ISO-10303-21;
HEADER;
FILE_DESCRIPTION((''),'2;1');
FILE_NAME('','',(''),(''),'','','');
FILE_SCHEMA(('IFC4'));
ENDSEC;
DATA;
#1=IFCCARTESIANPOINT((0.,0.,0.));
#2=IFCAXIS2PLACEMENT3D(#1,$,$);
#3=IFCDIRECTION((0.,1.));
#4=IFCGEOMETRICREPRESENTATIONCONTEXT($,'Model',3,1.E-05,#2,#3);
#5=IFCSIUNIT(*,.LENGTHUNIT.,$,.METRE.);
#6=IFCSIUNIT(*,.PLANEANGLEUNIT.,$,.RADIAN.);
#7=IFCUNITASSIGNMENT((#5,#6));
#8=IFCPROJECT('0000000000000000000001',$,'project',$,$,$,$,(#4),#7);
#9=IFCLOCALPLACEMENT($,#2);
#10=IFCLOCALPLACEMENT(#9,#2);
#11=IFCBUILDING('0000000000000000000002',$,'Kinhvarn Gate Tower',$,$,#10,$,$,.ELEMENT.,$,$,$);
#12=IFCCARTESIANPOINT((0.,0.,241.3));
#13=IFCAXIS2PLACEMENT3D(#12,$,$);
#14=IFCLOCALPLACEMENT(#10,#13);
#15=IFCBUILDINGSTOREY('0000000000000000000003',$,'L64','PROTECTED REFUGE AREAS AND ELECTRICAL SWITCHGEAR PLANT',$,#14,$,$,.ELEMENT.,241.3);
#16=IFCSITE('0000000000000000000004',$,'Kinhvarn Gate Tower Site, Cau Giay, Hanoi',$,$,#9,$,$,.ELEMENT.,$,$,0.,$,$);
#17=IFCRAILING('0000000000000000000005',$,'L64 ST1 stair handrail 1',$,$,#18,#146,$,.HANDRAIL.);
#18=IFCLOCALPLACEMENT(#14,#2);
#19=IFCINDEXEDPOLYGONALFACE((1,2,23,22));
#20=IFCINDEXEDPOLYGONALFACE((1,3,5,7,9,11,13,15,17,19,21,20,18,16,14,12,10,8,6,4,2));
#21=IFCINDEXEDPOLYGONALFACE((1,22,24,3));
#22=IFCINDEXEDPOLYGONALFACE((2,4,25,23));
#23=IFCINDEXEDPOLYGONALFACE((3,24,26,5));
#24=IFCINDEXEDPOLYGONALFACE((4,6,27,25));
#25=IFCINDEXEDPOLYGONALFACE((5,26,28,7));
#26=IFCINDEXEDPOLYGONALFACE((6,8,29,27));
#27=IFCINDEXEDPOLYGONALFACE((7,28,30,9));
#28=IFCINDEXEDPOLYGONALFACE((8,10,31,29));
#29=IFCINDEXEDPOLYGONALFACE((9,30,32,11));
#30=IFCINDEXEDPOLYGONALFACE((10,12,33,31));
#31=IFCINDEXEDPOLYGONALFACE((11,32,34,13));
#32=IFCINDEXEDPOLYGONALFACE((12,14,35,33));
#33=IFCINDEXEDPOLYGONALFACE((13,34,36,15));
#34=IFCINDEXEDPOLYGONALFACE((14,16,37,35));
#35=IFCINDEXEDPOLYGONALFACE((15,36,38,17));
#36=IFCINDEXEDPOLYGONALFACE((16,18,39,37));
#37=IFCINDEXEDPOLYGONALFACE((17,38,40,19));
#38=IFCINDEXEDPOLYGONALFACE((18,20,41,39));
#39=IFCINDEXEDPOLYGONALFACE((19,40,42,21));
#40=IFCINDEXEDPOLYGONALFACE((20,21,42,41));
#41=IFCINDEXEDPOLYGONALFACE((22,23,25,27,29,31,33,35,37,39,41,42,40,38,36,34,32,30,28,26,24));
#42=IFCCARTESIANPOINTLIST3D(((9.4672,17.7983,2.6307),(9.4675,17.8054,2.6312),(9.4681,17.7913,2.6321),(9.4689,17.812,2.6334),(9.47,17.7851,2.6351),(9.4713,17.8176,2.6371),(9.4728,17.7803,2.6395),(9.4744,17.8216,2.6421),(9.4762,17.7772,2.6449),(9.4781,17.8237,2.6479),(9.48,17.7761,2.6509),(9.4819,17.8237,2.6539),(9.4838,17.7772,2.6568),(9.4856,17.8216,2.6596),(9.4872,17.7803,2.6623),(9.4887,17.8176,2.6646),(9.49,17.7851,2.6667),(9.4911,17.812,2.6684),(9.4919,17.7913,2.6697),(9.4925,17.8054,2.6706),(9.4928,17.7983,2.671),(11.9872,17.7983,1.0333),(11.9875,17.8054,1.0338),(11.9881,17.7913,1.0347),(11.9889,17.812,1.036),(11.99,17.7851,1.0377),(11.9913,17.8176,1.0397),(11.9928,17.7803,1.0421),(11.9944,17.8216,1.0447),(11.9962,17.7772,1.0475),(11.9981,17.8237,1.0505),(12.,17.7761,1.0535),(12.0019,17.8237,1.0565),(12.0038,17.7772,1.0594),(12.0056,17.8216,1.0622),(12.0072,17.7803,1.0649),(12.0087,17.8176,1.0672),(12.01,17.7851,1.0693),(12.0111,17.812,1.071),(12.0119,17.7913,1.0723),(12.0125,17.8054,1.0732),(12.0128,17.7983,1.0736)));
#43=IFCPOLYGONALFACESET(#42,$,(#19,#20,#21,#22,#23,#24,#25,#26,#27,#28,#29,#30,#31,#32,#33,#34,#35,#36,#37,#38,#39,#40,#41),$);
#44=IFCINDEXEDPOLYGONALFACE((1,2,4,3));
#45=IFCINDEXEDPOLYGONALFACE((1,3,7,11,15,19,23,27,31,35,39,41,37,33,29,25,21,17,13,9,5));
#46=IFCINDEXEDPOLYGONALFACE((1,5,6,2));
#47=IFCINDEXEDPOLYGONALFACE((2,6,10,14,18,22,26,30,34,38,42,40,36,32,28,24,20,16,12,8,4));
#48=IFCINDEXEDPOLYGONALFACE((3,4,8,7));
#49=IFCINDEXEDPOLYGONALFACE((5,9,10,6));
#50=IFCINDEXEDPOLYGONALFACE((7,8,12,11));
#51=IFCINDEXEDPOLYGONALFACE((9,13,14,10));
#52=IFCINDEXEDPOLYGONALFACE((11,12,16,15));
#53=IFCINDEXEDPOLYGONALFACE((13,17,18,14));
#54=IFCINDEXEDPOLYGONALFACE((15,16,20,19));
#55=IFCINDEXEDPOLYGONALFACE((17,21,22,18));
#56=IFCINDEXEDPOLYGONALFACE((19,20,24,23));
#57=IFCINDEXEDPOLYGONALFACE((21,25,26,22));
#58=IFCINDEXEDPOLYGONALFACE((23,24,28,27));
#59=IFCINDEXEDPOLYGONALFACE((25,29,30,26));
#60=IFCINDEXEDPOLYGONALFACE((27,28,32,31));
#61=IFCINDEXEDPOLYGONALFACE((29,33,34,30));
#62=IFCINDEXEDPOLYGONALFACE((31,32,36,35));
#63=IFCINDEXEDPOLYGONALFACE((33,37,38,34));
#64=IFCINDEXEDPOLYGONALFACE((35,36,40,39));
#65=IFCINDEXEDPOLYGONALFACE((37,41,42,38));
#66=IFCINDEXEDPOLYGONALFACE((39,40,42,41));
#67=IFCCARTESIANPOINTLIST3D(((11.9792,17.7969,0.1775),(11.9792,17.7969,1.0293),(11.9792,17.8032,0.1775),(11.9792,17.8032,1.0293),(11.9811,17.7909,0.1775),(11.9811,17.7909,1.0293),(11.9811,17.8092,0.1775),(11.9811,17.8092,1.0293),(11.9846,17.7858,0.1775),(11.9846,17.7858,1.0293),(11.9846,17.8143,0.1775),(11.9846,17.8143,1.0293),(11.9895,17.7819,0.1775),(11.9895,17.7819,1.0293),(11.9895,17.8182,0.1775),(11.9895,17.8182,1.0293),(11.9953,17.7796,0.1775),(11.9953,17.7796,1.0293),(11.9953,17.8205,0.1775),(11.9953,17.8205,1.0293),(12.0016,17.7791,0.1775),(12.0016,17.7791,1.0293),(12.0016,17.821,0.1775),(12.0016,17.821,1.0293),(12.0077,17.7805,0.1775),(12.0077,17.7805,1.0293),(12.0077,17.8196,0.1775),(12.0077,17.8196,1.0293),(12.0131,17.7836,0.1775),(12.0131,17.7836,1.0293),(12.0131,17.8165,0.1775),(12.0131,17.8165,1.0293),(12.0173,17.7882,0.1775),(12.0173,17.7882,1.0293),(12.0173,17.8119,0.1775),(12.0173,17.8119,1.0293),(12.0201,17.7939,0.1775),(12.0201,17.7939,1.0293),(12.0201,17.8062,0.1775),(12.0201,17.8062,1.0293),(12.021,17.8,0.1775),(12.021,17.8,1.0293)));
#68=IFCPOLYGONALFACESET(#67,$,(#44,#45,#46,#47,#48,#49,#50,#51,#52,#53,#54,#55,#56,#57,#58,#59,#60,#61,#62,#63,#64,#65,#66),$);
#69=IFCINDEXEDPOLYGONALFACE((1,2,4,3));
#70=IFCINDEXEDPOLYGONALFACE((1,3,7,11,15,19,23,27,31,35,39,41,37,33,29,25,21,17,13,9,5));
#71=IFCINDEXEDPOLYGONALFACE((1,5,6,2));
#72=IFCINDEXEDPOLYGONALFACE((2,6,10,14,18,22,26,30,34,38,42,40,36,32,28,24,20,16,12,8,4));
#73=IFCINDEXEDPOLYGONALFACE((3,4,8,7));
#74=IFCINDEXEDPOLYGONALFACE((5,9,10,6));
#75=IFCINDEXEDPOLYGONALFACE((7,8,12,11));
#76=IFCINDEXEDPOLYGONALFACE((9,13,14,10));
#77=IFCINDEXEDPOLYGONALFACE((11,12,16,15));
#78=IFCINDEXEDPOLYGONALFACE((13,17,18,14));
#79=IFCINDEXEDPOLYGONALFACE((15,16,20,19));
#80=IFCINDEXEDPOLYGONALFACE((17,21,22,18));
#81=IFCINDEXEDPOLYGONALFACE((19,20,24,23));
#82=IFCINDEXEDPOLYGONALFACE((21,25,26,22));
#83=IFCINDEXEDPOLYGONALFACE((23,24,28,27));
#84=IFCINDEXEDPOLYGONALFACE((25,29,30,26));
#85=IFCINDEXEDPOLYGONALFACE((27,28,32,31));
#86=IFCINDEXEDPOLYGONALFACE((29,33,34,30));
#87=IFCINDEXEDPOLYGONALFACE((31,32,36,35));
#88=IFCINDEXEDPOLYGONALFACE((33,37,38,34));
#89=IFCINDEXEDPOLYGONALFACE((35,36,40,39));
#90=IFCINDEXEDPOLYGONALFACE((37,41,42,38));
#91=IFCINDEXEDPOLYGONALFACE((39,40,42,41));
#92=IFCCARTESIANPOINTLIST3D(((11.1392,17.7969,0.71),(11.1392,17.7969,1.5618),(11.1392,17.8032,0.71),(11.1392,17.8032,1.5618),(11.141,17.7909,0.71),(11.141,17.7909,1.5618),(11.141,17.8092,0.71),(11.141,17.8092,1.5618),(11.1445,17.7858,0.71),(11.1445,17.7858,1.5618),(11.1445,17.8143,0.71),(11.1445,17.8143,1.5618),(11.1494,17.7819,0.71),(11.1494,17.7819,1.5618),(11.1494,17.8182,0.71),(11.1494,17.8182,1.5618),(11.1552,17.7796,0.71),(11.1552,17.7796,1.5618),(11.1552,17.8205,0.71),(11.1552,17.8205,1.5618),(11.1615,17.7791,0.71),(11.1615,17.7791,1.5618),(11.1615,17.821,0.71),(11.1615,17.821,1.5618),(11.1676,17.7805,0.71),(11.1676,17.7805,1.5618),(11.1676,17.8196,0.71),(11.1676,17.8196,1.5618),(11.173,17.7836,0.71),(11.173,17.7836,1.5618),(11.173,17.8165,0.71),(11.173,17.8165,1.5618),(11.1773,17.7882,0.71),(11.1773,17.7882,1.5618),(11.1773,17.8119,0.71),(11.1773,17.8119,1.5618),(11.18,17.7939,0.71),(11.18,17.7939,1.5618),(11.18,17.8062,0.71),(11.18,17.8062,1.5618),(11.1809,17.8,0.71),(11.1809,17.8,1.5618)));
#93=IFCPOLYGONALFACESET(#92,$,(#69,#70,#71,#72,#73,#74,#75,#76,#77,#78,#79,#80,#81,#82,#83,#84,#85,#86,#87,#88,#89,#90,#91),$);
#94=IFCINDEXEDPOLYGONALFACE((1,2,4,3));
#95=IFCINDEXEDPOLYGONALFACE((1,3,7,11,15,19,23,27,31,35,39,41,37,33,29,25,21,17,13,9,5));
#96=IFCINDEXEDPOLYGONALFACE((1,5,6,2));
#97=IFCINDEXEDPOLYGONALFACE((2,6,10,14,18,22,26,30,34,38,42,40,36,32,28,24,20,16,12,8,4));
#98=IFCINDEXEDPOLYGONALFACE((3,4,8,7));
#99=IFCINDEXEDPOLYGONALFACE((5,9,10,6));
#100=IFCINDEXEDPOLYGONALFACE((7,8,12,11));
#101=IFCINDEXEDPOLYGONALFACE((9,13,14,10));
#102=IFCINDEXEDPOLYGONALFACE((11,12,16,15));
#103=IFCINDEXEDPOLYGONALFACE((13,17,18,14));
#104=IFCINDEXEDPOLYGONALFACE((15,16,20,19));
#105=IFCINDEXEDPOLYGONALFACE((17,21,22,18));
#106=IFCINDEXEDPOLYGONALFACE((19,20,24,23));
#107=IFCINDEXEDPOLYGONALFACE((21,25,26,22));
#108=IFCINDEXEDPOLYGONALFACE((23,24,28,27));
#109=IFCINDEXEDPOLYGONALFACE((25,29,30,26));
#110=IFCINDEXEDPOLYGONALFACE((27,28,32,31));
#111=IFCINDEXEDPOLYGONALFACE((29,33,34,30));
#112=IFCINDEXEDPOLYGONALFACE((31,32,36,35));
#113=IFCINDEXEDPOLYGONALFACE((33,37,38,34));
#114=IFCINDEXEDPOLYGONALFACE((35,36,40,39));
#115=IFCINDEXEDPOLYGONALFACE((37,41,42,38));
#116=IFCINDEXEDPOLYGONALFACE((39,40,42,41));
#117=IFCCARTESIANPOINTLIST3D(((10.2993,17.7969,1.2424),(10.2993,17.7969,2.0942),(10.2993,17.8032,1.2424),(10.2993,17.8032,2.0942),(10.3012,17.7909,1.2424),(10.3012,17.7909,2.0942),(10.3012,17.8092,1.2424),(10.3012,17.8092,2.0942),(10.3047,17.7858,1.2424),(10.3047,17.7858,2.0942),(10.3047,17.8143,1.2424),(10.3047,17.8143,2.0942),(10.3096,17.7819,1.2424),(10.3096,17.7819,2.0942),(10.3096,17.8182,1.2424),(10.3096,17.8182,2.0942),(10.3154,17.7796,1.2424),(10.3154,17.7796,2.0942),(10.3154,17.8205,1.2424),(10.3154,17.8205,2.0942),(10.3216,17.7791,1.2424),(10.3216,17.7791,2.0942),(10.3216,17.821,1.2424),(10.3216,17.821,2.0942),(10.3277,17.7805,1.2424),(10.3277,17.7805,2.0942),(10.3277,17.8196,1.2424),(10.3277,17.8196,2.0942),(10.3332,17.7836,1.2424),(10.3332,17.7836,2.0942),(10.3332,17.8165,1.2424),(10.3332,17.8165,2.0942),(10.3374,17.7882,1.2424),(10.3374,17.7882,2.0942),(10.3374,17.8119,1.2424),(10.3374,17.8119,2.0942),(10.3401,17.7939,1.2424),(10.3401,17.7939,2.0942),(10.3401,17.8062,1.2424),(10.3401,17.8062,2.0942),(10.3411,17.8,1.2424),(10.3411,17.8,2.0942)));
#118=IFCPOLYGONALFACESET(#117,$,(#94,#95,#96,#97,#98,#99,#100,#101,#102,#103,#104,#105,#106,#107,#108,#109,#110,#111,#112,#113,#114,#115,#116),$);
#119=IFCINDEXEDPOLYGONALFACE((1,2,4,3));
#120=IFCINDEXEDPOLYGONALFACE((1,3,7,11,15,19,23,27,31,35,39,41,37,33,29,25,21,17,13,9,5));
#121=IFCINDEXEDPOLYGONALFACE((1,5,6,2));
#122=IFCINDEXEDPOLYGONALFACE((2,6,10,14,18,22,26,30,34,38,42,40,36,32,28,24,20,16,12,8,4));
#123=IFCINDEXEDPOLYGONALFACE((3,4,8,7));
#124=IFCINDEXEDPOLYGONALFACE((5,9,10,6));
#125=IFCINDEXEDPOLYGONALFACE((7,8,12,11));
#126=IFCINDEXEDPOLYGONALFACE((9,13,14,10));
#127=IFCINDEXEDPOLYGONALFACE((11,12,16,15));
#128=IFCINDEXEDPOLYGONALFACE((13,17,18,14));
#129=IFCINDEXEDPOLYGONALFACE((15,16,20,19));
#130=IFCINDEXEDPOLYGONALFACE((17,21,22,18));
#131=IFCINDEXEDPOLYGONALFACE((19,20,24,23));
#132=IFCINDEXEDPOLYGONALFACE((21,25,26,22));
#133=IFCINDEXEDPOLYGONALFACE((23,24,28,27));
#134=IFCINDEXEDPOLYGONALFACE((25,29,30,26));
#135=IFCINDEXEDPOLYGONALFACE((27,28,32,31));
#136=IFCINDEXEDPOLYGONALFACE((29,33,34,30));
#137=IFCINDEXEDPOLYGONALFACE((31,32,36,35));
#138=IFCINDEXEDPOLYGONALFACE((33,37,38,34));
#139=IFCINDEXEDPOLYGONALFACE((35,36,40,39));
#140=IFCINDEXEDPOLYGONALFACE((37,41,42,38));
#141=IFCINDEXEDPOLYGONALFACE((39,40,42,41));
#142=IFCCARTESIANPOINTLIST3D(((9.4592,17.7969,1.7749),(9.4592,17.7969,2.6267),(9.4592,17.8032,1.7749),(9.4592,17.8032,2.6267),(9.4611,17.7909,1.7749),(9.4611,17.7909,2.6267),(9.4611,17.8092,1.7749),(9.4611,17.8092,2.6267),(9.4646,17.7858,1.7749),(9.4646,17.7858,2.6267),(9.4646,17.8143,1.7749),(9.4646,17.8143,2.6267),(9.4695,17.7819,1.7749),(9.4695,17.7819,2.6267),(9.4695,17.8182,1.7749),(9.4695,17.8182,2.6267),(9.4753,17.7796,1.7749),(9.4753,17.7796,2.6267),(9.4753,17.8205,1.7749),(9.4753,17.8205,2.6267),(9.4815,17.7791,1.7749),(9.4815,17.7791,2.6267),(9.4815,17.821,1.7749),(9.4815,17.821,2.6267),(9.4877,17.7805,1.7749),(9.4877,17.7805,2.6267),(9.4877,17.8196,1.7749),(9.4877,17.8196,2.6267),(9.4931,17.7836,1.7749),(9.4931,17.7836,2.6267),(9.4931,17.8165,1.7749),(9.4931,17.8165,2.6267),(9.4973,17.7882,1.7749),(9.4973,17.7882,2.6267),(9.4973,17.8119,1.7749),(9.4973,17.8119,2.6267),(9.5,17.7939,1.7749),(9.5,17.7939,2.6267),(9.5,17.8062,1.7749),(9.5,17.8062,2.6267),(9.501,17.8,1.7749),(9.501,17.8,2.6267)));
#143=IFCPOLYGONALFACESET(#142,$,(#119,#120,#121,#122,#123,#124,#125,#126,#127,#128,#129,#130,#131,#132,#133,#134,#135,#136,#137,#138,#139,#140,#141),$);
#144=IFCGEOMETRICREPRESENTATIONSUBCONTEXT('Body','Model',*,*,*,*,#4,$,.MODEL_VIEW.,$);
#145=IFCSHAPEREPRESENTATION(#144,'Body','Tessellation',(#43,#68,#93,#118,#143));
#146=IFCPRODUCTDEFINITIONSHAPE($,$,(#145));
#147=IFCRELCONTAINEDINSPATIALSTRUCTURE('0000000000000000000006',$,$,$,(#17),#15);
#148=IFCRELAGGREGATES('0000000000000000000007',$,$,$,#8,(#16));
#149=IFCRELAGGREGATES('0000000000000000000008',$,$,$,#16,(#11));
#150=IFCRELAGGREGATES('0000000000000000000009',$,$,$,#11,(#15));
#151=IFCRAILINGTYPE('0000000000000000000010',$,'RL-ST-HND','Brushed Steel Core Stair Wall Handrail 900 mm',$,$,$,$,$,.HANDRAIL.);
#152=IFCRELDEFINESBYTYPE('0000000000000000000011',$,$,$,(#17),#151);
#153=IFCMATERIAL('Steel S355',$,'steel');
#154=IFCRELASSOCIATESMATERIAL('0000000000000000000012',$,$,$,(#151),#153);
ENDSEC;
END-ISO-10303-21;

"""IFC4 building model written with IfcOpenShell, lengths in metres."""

from ifc_helpers import new_model, si_unit, direction, frame, origin, origin_2d, place, context, subcontext, project, spatial, circle, extrude, material, type_object, element, save


model = new_model("IFC4")

# Units and contexts
model_context = context("Model", 3, precision=1e-05, world=origin(), true_north=direction((0.0, 1.0)))
body_context = subcontext(model_context, "Body", "Model", "MODEL_VIEW")
ifc_project = project(units=[si_unit("LENGTHUNIT", "METRE"), si_unit("PLANEANGLEUNIT", "RADIAN")], contexts=[model_context])

# Site, building, storey
site_placement = place(None, origin())
site = spatial("IfcSite", under=ifc_project, at=site_placement, Name="Kinhvarn Gate Tower Site, Cau Giay, Hanoi", CompositionType="ELEMENT", RefElevation=0.0)
building_placement = place(site_placement, origin())
building = spatial("IfcBuilding", under=site, at=building_placement, Name="Kinhvarn Gate Tower", CompositionType="ELEMENT")
storey_placement = place(building_placement, frame((0.0, 0.0, 241.3)))
storey = spatial("IfcBuildingStorey", under=building, at=storey_placement, Name="L64", Description="PROTECTED REFUGE AREAS AND ELECTRICAL SWITCHGEAR PLANT", CompositionType="ELEMENT", Elevation=241.3)

# Shared definitions
ifc_material_1 = material(Name="Steel S355", Category="steel")

# Railing
railing_type_1 = type_object("IfcRailingType", Name="RL-ST-HND", Description="Brushed Steel Core Stair Wall Handrail 900 mm", PredefinedType="HANDRAIL", material=ifc_material_1)
railing_1_placement = place(storey_placement, frame((12.0, 17.8, 0.1775)))
element("IfcRailing", 1, at=railing_1_placement, inside=storey, type_object=railing_type_1, Name="L64 ST1 stair handrail 1", PredefinedType="HANDRAIL", context=body_context, shape_type="SweptSolid", body=[
    extrude(circle(Radius=0.0239, at=origin_2d()), frame((0.0, 0.0, 0.876), z_axis=(-0.844607, 0.0, 0.535387), x_axis=(0.0, -1.0, 0.0)), (0.0, 0.0, 1.0), 2.9836),
    extrude(circle(Radius=0.021, at=origin_2d()), origin(), (0.0, 0.0, 1.0), 0.8518),
    extrude(circle(Radius=0.021, at=origin_2d()), frame((-0.8401, 0.0, 0.5325)), (0.0, 0.0, 1.0), 0.8518),
    extrude(circle(Radius=0.021, at=origin_2d()), frame((-1.6799, 0.0, 1.0649)), (0.0, 0.0, 1.0), 0.8518),
    extrude(circle(Radius=0.021, at=origin_2d()), frame((-2.52, 0.0, 1.5974)), (0.0, 0.0, 1.0), 0.8518),
])

save(model, "model.ifc")
